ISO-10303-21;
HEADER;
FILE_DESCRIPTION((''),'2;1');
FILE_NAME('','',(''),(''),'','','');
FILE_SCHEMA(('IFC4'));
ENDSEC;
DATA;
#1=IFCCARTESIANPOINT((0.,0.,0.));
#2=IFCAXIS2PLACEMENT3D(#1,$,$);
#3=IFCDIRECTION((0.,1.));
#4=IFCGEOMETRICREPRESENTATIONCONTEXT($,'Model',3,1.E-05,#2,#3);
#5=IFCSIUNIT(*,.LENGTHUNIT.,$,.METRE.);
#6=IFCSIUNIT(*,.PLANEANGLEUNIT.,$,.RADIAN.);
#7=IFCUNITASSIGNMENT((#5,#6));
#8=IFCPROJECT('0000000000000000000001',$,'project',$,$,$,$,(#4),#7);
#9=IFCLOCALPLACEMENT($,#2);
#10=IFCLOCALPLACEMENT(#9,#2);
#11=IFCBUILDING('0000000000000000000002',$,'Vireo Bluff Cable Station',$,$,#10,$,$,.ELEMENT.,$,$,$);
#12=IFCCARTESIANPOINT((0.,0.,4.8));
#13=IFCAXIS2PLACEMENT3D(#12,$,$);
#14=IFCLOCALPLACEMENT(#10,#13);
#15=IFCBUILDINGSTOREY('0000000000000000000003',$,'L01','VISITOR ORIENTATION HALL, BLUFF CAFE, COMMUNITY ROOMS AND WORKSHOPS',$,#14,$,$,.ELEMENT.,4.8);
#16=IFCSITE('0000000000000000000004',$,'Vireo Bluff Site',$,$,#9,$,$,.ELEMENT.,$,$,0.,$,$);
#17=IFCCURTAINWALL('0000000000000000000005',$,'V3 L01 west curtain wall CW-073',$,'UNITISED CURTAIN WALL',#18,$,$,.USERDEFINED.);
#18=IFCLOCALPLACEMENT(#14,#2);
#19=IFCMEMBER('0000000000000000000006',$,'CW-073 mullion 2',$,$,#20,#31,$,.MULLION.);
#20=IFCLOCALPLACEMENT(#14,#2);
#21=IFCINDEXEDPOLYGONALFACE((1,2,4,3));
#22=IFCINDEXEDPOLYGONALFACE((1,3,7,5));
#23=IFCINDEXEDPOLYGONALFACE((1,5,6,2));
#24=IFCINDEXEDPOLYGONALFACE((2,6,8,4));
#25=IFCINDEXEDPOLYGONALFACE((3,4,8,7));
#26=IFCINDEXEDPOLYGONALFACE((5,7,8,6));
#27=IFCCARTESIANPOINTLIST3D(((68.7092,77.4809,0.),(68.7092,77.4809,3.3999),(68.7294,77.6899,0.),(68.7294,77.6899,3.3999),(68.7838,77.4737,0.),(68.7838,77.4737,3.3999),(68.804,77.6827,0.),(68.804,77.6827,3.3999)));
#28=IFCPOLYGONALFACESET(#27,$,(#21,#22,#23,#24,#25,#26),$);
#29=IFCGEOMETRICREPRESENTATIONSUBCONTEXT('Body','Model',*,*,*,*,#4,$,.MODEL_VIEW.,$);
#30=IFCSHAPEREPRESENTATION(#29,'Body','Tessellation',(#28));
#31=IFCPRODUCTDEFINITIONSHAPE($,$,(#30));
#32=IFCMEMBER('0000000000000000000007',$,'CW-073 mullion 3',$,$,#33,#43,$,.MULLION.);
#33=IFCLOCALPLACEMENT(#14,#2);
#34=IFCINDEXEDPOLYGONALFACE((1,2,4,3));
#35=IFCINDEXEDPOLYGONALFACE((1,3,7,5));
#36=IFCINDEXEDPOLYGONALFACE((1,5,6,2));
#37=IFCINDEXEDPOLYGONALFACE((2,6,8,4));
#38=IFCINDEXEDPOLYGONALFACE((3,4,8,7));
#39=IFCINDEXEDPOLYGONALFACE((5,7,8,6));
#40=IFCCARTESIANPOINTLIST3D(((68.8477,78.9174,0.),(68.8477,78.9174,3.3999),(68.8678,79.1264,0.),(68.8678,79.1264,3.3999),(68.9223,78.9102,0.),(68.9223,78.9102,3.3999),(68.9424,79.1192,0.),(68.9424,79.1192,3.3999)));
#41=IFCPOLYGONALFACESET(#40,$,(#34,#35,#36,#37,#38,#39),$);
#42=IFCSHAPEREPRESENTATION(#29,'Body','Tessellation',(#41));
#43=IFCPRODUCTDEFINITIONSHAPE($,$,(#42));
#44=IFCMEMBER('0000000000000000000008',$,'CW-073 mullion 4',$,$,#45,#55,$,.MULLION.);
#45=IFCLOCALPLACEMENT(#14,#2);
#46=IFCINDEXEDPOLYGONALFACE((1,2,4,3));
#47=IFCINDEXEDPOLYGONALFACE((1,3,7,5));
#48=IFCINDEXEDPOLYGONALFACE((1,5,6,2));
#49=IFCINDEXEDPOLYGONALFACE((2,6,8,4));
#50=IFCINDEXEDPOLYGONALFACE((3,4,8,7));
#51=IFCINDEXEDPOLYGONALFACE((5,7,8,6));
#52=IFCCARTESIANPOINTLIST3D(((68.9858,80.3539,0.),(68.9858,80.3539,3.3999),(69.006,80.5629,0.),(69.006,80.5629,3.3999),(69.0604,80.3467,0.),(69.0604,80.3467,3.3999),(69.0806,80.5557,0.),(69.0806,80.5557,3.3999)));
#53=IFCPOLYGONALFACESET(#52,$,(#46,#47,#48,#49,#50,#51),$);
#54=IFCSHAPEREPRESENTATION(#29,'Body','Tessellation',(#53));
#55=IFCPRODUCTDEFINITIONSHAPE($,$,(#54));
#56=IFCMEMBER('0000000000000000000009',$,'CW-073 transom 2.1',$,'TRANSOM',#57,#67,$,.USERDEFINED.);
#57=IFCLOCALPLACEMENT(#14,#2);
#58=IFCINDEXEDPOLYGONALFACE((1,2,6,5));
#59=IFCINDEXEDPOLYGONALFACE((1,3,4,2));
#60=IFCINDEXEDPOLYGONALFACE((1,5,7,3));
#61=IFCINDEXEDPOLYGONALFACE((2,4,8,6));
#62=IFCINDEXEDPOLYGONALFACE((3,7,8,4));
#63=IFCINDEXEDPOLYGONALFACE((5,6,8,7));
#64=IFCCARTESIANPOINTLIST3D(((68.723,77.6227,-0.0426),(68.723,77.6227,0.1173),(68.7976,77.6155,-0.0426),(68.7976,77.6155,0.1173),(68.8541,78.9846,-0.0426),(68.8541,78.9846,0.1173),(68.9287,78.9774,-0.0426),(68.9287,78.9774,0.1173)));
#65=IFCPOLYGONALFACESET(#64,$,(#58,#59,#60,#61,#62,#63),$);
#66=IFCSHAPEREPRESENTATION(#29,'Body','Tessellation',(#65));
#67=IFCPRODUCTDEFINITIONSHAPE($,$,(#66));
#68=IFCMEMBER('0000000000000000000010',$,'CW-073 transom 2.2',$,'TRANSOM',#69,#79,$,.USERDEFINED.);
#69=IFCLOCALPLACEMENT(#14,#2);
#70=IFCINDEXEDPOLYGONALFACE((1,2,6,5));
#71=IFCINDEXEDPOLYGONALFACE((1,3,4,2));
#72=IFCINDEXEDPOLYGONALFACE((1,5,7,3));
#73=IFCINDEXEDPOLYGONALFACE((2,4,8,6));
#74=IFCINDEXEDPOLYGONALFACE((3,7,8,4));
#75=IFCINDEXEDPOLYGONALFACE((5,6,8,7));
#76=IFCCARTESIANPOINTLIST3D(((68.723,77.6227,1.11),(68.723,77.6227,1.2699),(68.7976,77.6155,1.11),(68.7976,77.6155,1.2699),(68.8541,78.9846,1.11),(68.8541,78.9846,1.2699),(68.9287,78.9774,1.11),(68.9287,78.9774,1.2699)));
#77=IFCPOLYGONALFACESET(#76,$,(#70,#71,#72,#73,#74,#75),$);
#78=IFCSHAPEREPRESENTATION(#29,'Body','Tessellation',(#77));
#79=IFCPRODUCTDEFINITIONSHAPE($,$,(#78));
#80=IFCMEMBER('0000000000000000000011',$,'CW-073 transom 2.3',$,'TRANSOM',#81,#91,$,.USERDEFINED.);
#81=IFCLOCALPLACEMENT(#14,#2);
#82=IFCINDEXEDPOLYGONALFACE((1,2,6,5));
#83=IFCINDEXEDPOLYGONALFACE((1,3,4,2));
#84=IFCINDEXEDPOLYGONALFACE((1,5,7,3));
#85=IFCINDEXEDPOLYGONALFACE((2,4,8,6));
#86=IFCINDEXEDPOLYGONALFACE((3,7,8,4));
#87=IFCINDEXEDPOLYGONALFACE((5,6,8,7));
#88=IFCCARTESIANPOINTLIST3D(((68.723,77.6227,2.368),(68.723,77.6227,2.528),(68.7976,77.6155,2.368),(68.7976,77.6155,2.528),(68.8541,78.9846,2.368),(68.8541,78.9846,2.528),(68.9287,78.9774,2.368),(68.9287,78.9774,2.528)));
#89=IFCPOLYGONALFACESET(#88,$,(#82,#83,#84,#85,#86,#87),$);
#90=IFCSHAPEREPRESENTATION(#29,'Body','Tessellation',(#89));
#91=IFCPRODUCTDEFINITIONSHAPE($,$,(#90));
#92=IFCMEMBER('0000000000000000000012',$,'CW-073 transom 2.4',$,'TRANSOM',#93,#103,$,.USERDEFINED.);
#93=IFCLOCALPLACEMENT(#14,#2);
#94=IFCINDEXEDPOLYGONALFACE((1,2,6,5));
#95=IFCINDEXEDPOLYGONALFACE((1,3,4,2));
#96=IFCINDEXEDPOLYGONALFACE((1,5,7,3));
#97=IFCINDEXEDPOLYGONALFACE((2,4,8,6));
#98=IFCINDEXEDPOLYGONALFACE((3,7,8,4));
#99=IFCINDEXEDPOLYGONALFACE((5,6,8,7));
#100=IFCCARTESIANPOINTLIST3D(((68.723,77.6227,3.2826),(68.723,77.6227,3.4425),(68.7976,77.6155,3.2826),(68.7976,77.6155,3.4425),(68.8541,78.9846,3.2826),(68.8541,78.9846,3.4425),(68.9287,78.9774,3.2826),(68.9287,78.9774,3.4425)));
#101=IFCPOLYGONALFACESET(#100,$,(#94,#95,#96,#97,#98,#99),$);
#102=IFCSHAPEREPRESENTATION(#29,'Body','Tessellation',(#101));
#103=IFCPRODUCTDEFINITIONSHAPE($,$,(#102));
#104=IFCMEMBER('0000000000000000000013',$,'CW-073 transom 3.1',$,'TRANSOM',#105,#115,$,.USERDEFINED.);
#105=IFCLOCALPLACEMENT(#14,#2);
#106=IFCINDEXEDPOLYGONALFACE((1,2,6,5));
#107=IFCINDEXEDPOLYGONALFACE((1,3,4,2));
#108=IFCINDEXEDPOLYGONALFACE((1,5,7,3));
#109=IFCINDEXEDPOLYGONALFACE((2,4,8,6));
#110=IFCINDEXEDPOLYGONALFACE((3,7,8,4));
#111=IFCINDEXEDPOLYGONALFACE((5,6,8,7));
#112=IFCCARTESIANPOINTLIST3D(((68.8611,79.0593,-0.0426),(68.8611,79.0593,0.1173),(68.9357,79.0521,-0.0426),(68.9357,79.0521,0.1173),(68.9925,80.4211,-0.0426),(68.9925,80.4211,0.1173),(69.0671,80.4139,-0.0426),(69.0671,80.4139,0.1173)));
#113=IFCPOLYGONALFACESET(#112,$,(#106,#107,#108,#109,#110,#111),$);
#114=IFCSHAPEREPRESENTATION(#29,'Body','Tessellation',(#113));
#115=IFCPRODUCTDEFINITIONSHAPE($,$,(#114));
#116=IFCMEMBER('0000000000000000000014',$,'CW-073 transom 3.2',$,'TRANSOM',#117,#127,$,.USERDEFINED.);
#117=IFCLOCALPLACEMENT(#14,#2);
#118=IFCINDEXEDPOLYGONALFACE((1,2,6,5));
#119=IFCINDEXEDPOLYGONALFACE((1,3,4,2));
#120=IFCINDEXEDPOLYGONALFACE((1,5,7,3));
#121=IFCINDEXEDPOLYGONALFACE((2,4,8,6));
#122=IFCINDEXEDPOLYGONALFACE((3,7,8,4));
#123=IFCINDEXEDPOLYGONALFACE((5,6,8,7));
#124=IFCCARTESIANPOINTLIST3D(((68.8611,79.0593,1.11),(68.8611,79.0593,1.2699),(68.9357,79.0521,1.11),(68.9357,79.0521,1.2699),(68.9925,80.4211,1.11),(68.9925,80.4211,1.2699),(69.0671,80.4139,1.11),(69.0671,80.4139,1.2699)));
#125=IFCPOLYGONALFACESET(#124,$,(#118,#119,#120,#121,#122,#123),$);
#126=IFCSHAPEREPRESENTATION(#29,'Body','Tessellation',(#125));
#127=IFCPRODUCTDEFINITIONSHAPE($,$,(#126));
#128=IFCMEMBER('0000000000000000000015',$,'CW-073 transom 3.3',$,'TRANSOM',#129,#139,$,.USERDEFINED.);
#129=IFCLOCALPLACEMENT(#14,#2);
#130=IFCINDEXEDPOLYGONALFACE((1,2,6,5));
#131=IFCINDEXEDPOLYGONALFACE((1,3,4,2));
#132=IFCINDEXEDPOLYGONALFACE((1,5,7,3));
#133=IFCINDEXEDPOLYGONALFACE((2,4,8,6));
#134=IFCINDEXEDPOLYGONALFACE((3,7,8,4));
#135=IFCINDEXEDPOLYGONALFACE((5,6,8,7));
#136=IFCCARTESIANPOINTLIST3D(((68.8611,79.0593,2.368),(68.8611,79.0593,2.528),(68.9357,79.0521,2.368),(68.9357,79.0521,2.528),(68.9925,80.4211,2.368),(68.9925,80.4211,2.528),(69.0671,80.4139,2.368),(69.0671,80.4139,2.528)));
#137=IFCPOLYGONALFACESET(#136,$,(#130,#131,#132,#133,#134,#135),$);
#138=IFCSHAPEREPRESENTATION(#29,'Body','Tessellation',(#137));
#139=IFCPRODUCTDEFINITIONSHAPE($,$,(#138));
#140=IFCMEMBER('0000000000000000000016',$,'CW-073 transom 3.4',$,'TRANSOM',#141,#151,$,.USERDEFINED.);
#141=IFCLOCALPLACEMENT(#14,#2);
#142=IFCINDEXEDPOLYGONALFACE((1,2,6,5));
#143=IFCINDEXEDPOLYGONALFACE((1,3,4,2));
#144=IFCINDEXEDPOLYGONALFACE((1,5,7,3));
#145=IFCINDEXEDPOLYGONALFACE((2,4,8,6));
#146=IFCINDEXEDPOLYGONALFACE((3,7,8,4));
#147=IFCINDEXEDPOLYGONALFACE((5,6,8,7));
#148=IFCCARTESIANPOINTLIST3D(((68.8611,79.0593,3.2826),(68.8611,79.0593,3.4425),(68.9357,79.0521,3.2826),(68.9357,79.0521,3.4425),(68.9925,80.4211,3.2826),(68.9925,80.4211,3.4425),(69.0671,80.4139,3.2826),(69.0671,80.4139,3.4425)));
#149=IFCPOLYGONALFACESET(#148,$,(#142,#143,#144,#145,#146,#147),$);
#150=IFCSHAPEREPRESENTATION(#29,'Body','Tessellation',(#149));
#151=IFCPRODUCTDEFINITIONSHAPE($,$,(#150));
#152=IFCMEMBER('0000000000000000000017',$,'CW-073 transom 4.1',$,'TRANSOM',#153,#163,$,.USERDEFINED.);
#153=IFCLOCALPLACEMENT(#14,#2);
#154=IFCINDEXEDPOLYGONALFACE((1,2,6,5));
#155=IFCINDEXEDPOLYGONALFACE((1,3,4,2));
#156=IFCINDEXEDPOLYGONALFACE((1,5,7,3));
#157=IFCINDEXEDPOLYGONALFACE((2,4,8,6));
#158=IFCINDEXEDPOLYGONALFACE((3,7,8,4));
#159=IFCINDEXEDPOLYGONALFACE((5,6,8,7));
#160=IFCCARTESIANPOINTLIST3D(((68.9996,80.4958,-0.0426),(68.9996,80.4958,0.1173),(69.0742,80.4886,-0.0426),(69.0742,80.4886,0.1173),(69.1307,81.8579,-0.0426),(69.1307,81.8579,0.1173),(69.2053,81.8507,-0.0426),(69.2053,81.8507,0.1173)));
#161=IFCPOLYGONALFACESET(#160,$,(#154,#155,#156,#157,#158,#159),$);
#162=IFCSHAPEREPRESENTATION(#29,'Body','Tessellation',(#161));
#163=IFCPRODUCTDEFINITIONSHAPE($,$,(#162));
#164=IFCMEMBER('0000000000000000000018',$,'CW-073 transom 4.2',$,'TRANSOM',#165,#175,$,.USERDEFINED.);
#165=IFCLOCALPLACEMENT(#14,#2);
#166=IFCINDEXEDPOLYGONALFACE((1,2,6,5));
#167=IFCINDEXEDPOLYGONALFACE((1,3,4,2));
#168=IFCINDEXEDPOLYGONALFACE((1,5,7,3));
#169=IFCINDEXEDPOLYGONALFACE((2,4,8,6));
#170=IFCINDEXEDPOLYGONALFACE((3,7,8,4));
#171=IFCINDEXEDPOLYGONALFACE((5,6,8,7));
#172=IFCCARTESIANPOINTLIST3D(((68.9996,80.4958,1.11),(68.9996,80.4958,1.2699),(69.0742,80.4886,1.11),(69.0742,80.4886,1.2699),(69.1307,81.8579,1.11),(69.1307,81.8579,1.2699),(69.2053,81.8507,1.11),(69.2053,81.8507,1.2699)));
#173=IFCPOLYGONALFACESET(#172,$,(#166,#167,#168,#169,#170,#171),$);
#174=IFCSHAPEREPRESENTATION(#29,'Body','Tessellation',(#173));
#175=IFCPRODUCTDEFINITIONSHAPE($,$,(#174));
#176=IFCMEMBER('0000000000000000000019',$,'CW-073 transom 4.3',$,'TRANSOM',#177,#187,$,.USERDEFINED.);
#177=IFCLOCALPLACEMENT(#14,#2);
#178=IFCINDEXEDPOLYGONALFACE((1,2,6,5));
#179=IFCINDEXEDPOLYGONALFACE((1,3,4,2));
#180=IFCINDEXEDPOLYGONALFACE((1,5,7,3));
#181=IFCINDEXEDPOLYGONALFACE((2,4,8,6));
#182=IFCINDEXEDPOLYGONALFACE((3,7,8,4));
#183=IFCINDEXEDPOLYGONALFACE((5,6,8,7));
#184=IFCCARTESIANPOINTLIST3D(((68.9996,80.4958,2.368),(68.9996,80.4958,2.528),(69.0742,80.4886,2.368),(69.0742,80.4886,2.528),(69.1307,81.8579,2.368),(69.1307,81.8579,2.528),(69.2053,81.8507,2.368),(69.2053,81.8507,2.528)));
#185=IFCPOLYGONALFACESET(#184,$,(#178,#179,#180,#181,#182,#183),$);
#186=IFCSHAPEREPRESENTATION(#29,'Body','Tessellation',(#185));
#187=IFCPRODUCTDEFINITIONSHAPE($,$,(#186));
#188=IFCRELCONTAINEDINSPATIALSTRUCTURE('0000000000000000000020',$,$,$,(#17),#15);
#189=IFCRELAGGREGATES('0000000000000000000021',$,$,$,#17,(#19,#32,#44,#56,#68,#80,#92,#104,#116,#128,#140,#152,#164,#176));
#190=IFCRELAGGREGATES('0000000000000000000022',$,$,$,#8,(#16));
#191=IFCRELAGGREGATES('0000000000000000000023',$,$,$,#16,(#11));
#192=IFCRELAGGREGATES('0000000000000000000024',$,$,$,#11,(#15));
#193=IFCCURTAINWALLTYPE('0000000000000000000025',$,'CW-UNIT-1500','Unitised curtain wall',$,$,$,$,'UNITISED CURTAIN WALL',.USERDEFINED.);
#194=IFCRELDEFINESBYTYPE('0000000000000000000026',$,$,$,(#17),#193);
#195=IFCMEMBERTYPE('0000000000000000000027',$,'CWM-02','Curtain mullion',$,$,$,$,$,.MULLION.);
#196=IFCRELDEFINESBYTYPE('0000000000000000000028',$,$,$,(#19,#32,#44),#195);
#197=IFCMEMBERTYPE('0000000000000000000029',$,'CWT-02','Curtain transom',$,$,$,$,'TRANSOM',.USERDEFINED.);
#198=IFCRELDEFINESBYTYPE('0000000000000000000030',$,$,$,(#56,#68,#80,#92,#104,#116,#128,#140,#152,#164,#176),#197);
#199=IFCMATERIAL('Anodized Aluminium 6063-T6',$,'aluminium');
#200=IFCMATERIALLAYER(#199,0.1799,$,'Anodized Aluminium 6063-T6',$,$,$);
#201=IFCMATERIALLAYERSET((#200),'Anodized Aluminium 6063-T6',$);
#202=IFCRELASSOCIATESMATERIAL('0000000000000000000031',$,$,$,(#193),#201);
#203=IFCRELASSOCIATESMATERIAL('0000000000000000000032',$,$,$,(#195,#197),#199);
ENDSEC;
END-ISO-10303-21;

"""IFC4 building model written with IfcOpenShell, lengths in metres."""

from ifc_helpers import new_model, si_unit, direction, frame, origin, origin_2d, place, context, subcontext, project, spatial, rectangle, extrude, material, layer, layer_set, material_profile, profile_set, type_object, element, aggregate, save


model = new_model("IFC4")

# Units and contexts
model_context = context("Model", 3, precision=1e-05, world=origin(), true_north=direction((0.0, 1.0)))
body_context = subcontext(model_context, "Body", "Model", "MODEL_VIEW")
ifc_project = project(units=[si_unit("LENGTHUNIT", "METRE"), si_unit("PLANEANGLEUNIT", "RADIAN")], contexts=[model_context])

# Site, building, storey
site_placement = place(None, origin())
site = spatial("IfcSite", under=ifc_project, at=site_placement, Name="Vireo Bluff Site", CompositionType="ELEMENT", RefElevation=0.0)
building_placement = place(site_placement, origin())
building = spatial("IfcBuilding", under=site, at=building_placement, Name="Vireo Bluff Cable Station", CompositionType="ELEMENT")
storey_placement = place(building_placement, frame((0.0, 0.0, 4.8)))
storey = spatial("IfcBuildingStorey", under=building, at=storey_placement, Name="L01", Description="VISITOR ORIENTATION HALL, BLUFF CAFE, COMMUNITY ROOMS AND WORKSHOPS", CompositionType="ELEMENT", Elevation=4.8)

# Curtain wall, members
ifc_material_1 = material(Name="Anodized Aluminium 6063-T6", Category="aluminium")
ifc_layer_1 = layer(ifc_material_1, 0.1799, Name="Anodized Aluminium 6063-T6")
ifc_layer_set_1 = layer_set([ifc_layer_1], Name="Anodized Aluminium 6063-T6")
curtain_wall_type = type_object("IfcCurtainWallType", Name="CW-UNIT-1500", Description="Unitised curtain wall", ElementType="UNITISED CURTAIN WALL", PredefinedType="USERDEFINED", material=ifc_layer_set_1)
curtain_wall_placement = place(storey_placement, origin())
curtain_wall = element("IfcCurtainWall", 1, at=curtain_wall_placement, inside=storey, type_object=curtain_wall_type, Name="V3 L01 west curtain wall CW-073", ObjectType="UNITISED CURTAIN WALL", PredefinedType="USERDEFINED")
ifc_material_profile_1 = material_profile(ifc_material_1, rectangle(XDim=0.075, YDim=0.21, at=origin_2d()), Name="ALU-M-75X210")
ifc_profile_set_1 = profile_set([ifc_material_profile_1], Name="Anodized Aluminium 6063-T6")
member_type_1 = type_object("IfcMemberType", Name="CWM-02", Description="Curtain mullion", PredefinedType="MULLION", material=ifc_profile_set_1)
member_1_placement = place(storey_placement, frame((68.7566, 77.5818, 0.0), z_axis=(0.0, 0.0, 1.0), x_axis=(-0.995396, 0.095846, 0.0)))
member_1 = element("IfcMember", 2, at=member_1_placement, type_object=member_type_1, Name="CW-073 mullion 2", PredefinedType="MULLION", context=body_context, shape_type="SweptSolid", body=[
    extrude(rectangle(XDim=0.075, YDim=0.21, at=origin_2d()), origin(), (0.0, 0.0, 1.0), 3.3999),
])
member_2_placement = place(storey_placement, frame((68.895, 79.0183, 0.0), z_axis=(0.0, 0.0, 1.0), x_axis=(-0.995396, 0.095846, 0.0)))
member_2 = element("IfcMember", 3, at=member_2_placement, type_object=member_type_1, Name="CW-073 mullion 3", PredefinedType="MULLION", context=body_context, shape_type="SweptSolid", body=[
    extrude(rectangle(XDim=0.075, YDim=0.21, at=origin_2d()), origin(), (0.0, 0.0, 1.0), 3.3999),
])
member_3_placement = place(storey_placement, frame((69.0332, 80.4548, 0.0), z_axis=(0.0, 0.0, 1.0), x_axis=(-0.995396, 0.095846, 0.0)))
member_3 = element("IfcMember", 4, at=member_3_placement, type_object=member_type_1, Name="CW-073 mullion 4", PredefinedType="MULLION", context=body_context, shape_type="SweptSolid", body=[
    extrude(rectangle(XDim=0.075, YDim=0.21, at=origin_2d()), origin(), (0.0, 0.0, 1.0), 3.3999),
])
ifc_material_profile_2 = material_profile(ifc_material_1, rectangle(XDim=0.075, YDim=0.1599, at=origin_2d()), Name="ALU-T-75X160")
ifc_profile_set_2 = profile_set([ifc_material_profile_2], Name="Anodized Aluminium 6063-T6")
member_type_2 = type_object("IfcMemberType", Name="CWT-02", Description="Curtain transom", ElementType="TRANSOM", PredefinedType="USERDEFINED", material=ifc_profile_set_2)
member_4_placement = place(storey_placement, frame((68.7603, 77.6191, 0.0374), z_axis=(0.095828, 0.995398, 0.0), x_axis=(-0.995398, 0.095828, 0.0)))
member_4 = element("IfcMember", 5, at=member_4_placement, type_object=member_type_2, Name="CW-073 transom 2.1", ObjectType="TRANSOM", PredefinedType="USERDEFINED", context=body_context, shape_type="SweptSolid", body=[
    extrude(rectangle(XDim=0.075, YDim=0.1599, at=origin_2d()), origin(), (0.0, 0.0, 1.0), 1.3682),
])
member_5_placement = place(storey_placement, frame((68.7603, 77.6191, 1.1899), z_axis=(0.095828, 0.995398, 0.0), x_axis=(-0.995398, 0.095828, 0.0)))
member_5 = element("IfcMember", 6, at=member_5_placement, type_object=member_type_2, Name="CW-073 transom 2.2", ObjectType="TRANSOM", PredefinedType="USERDEFINED", context=body_context, shape_type="SweptSolid", body=[
    extrude(rectangle(XDim=0.075, YDim=0.1599, at=origin_2d()), origin(), (0.0, 0.0, 1.0), 1.3682),
])
member_6_placement = place(storey_placement, frame((68.7603, 77.6191, 2.448), z_axis=(0.095828, 0.995398, 0.0), x_axis=(-0.995398, 0.095828, 0.0)))
member_6 = element("IfcMember", 7, at=member_6_placement, type_object=member_type_2, Name="CW-073 transom 2.3", ObjectType="TRANSOM", PredefinedType="USERDEFINED", context=body_context, shape_type="SweptSolid", body=[
    extrude(rectangle(XDim=0.075, YDim=0.1599, at=origin_2d()), origin(), (0.0, 0.0, 1.0), 1.3682),
])
member_7_placement = place(storey_placement, frame((68.7603, 77.6191, 3.3625), z_axis=(0.095828, 0.995398, 0.0), x_axis=(-0.995398, 0.095828, 0.0)))
member_7 = element("IfcMember", 8, at=member_7_placement, type_object=member_type_2, Name="CW-073 transom 2.4", ObjectType="TRANSOM", PredefinedType="USERDEFINED", context=body_context, shape_type="SweptSolid", body=[
    extrude(rectangle(XDim=0.075, YDim=0.1599, at=origin_2d()), origin(), (0.0, 0.0, 1.0), 1.3682),
])
member_8_placement = place(storey_placement, frame((68.8984, 79.0557, 0.0374), z_axis=(0.096005, 0.995381, 0.0), x_axis=(-0.995381, 0.096005, 0.0)))
member_8 = element("IfcMember", 9, at=member_8_placement, type_object=member_type_2, Name="CW-073 transom 3.1", ObjectType="TRANSOM", PredefinedType="USERDEFINED", context=body_context, shape_type="SweptSolid", body=[
    extrude(rectangle(XDim=0.075, YDim=0.1599, at=origin_2d()), origin(), (0.0, 0.0, 1.0), 1.3682),
])
member_9_placement = place(storey_placement, frame((68.8984, 79.0557, 1.1899), z_axis=(0.096005, 0.995381, 0.0), x_axis=(-0.995381, 0.096005, 0.0)))
member_9 = element("IfcMember", 10, at=member_9_placement, type_object=member_type_2, Name="CW-073 transom 3.2", ObjectType="TRANSOM", PredefinedType="USERDEFINED", context=body_context, shape_type="SweptSolid", body=[
    extrude(rectangle(XDim=0.075, YDim=0.1599, at=origin_2d()), origin(), (0.0, 0.0, 1.0), 1.3682),
])
member_10_placement = place(storey_placement, frame((68.8984, 79.0557, 2.448), z_axis=(0.096005, 0.995381, 0.0), x_axis=(-0.995381, 0.096005, 0.0)))
member_10 = element("IfcMember", 11, at=member_10_placement, type_object=member_type_2, Name="CW-073 transom 3.3", ObjectType="TRANSOM", PredefinedType="USERDEFINED", context=body_context, shape_type="SweptSolid", body=[
    extrude(rectangle(XDim=0.075, YDim=0.1599, at=origin_2d()), origin(), (0.0, 0.0, 1.0), 1.3682),
])
member_11_placement = place(storey_placement, frame((68.8984, 79.0557, 3.3625), z_axis=(0.096005, 0.995381, 0.0), x_axis=(-0.995381, 0.096005, 0.0)))
member_11 = element("IfcMember", 12, at=member_11_placement, type_object=member_type_2, Name="CW-073 transom 3.4", ObjectType="TRANSOM", PredefinedType="USERDEFINED", context=body_context, shape_type="SweptSolid", body=[
    extrude(rectangle(XDim=0.075, YDim=0.1599, at=origin_2d()), origin(), (0.0, 0.0, 1.0), 1.3682),
])
member_12_placement = place(storey_placement, frame((69.0369, 80.4922, 0.0374), z_axis=(0.095811, 0.9954, 0.0), x_axis=(-0.9954, 0.095811, 0.0)))
member_12 = element("IfcMember", 13, at=member_12_placement, type_object=member_type_2, Name="CW-073 transom 4.1", ObjectType="TRANSOM", PredefinedType="USERDEFINED", context=body_context, shape_type="SweptSolid", body=[
    extrude(rectangle(XDim=0.075, YDim=0.1599, at=origin_2d()), origin(), (0.0, 0.0, 1.0), 1.3684),
])
member_13_placement = place(storey_placement, frame((69.0369, 80.4922, 1.1899), z_axis=(0.095811, 0.9954, 0.0), x_axis=(-0.9954, 0.095811, 0.0)))
member_13 = element("IfcMember", 14, at=member_13_placement, type_object=member_type_2, Name="CW-073 transom 4.2", ObjectType="TRANSOM", PredefinedType="USERDEFINED", context=body_context, shape_type="SweptSolid", body=[
    extrude(rectangle(XDim=0.075, YDim=0.1599, at=origin_2d()), origin(), (0.0, 0.0, 1.0), 1.3684),
])
member_14_placement = place(storey_placement, frame((69.0369, 80.4922, 2.448), z_axis=(0.095811, 0.9954, 0.0), x_axis=(-0.9954, 0.095811, 0.0)))
member_14 = element("IfcMember", 15, at=member_14_placement, type_object=member_type_2, Name="CW-073 transom 4.3", ObjectType="TRANSOM", PredefinedType="USERDEFINED", context=body_context, shape_type="SweptSolid", body=[
    extrude(rectangle(XDim=0.075, YDim=0.1599, at=origin_2d()), origin(), (0.0, 0.0, 1.0), 1.3684),
])

aggregate(curtain_wall, [member_1, member_2, member_3, member_4, member_5, member_6, member_7, member_8, member_9, member_10, member_11, member_12, member_13, member_14])

save(model, "model.ifc")
